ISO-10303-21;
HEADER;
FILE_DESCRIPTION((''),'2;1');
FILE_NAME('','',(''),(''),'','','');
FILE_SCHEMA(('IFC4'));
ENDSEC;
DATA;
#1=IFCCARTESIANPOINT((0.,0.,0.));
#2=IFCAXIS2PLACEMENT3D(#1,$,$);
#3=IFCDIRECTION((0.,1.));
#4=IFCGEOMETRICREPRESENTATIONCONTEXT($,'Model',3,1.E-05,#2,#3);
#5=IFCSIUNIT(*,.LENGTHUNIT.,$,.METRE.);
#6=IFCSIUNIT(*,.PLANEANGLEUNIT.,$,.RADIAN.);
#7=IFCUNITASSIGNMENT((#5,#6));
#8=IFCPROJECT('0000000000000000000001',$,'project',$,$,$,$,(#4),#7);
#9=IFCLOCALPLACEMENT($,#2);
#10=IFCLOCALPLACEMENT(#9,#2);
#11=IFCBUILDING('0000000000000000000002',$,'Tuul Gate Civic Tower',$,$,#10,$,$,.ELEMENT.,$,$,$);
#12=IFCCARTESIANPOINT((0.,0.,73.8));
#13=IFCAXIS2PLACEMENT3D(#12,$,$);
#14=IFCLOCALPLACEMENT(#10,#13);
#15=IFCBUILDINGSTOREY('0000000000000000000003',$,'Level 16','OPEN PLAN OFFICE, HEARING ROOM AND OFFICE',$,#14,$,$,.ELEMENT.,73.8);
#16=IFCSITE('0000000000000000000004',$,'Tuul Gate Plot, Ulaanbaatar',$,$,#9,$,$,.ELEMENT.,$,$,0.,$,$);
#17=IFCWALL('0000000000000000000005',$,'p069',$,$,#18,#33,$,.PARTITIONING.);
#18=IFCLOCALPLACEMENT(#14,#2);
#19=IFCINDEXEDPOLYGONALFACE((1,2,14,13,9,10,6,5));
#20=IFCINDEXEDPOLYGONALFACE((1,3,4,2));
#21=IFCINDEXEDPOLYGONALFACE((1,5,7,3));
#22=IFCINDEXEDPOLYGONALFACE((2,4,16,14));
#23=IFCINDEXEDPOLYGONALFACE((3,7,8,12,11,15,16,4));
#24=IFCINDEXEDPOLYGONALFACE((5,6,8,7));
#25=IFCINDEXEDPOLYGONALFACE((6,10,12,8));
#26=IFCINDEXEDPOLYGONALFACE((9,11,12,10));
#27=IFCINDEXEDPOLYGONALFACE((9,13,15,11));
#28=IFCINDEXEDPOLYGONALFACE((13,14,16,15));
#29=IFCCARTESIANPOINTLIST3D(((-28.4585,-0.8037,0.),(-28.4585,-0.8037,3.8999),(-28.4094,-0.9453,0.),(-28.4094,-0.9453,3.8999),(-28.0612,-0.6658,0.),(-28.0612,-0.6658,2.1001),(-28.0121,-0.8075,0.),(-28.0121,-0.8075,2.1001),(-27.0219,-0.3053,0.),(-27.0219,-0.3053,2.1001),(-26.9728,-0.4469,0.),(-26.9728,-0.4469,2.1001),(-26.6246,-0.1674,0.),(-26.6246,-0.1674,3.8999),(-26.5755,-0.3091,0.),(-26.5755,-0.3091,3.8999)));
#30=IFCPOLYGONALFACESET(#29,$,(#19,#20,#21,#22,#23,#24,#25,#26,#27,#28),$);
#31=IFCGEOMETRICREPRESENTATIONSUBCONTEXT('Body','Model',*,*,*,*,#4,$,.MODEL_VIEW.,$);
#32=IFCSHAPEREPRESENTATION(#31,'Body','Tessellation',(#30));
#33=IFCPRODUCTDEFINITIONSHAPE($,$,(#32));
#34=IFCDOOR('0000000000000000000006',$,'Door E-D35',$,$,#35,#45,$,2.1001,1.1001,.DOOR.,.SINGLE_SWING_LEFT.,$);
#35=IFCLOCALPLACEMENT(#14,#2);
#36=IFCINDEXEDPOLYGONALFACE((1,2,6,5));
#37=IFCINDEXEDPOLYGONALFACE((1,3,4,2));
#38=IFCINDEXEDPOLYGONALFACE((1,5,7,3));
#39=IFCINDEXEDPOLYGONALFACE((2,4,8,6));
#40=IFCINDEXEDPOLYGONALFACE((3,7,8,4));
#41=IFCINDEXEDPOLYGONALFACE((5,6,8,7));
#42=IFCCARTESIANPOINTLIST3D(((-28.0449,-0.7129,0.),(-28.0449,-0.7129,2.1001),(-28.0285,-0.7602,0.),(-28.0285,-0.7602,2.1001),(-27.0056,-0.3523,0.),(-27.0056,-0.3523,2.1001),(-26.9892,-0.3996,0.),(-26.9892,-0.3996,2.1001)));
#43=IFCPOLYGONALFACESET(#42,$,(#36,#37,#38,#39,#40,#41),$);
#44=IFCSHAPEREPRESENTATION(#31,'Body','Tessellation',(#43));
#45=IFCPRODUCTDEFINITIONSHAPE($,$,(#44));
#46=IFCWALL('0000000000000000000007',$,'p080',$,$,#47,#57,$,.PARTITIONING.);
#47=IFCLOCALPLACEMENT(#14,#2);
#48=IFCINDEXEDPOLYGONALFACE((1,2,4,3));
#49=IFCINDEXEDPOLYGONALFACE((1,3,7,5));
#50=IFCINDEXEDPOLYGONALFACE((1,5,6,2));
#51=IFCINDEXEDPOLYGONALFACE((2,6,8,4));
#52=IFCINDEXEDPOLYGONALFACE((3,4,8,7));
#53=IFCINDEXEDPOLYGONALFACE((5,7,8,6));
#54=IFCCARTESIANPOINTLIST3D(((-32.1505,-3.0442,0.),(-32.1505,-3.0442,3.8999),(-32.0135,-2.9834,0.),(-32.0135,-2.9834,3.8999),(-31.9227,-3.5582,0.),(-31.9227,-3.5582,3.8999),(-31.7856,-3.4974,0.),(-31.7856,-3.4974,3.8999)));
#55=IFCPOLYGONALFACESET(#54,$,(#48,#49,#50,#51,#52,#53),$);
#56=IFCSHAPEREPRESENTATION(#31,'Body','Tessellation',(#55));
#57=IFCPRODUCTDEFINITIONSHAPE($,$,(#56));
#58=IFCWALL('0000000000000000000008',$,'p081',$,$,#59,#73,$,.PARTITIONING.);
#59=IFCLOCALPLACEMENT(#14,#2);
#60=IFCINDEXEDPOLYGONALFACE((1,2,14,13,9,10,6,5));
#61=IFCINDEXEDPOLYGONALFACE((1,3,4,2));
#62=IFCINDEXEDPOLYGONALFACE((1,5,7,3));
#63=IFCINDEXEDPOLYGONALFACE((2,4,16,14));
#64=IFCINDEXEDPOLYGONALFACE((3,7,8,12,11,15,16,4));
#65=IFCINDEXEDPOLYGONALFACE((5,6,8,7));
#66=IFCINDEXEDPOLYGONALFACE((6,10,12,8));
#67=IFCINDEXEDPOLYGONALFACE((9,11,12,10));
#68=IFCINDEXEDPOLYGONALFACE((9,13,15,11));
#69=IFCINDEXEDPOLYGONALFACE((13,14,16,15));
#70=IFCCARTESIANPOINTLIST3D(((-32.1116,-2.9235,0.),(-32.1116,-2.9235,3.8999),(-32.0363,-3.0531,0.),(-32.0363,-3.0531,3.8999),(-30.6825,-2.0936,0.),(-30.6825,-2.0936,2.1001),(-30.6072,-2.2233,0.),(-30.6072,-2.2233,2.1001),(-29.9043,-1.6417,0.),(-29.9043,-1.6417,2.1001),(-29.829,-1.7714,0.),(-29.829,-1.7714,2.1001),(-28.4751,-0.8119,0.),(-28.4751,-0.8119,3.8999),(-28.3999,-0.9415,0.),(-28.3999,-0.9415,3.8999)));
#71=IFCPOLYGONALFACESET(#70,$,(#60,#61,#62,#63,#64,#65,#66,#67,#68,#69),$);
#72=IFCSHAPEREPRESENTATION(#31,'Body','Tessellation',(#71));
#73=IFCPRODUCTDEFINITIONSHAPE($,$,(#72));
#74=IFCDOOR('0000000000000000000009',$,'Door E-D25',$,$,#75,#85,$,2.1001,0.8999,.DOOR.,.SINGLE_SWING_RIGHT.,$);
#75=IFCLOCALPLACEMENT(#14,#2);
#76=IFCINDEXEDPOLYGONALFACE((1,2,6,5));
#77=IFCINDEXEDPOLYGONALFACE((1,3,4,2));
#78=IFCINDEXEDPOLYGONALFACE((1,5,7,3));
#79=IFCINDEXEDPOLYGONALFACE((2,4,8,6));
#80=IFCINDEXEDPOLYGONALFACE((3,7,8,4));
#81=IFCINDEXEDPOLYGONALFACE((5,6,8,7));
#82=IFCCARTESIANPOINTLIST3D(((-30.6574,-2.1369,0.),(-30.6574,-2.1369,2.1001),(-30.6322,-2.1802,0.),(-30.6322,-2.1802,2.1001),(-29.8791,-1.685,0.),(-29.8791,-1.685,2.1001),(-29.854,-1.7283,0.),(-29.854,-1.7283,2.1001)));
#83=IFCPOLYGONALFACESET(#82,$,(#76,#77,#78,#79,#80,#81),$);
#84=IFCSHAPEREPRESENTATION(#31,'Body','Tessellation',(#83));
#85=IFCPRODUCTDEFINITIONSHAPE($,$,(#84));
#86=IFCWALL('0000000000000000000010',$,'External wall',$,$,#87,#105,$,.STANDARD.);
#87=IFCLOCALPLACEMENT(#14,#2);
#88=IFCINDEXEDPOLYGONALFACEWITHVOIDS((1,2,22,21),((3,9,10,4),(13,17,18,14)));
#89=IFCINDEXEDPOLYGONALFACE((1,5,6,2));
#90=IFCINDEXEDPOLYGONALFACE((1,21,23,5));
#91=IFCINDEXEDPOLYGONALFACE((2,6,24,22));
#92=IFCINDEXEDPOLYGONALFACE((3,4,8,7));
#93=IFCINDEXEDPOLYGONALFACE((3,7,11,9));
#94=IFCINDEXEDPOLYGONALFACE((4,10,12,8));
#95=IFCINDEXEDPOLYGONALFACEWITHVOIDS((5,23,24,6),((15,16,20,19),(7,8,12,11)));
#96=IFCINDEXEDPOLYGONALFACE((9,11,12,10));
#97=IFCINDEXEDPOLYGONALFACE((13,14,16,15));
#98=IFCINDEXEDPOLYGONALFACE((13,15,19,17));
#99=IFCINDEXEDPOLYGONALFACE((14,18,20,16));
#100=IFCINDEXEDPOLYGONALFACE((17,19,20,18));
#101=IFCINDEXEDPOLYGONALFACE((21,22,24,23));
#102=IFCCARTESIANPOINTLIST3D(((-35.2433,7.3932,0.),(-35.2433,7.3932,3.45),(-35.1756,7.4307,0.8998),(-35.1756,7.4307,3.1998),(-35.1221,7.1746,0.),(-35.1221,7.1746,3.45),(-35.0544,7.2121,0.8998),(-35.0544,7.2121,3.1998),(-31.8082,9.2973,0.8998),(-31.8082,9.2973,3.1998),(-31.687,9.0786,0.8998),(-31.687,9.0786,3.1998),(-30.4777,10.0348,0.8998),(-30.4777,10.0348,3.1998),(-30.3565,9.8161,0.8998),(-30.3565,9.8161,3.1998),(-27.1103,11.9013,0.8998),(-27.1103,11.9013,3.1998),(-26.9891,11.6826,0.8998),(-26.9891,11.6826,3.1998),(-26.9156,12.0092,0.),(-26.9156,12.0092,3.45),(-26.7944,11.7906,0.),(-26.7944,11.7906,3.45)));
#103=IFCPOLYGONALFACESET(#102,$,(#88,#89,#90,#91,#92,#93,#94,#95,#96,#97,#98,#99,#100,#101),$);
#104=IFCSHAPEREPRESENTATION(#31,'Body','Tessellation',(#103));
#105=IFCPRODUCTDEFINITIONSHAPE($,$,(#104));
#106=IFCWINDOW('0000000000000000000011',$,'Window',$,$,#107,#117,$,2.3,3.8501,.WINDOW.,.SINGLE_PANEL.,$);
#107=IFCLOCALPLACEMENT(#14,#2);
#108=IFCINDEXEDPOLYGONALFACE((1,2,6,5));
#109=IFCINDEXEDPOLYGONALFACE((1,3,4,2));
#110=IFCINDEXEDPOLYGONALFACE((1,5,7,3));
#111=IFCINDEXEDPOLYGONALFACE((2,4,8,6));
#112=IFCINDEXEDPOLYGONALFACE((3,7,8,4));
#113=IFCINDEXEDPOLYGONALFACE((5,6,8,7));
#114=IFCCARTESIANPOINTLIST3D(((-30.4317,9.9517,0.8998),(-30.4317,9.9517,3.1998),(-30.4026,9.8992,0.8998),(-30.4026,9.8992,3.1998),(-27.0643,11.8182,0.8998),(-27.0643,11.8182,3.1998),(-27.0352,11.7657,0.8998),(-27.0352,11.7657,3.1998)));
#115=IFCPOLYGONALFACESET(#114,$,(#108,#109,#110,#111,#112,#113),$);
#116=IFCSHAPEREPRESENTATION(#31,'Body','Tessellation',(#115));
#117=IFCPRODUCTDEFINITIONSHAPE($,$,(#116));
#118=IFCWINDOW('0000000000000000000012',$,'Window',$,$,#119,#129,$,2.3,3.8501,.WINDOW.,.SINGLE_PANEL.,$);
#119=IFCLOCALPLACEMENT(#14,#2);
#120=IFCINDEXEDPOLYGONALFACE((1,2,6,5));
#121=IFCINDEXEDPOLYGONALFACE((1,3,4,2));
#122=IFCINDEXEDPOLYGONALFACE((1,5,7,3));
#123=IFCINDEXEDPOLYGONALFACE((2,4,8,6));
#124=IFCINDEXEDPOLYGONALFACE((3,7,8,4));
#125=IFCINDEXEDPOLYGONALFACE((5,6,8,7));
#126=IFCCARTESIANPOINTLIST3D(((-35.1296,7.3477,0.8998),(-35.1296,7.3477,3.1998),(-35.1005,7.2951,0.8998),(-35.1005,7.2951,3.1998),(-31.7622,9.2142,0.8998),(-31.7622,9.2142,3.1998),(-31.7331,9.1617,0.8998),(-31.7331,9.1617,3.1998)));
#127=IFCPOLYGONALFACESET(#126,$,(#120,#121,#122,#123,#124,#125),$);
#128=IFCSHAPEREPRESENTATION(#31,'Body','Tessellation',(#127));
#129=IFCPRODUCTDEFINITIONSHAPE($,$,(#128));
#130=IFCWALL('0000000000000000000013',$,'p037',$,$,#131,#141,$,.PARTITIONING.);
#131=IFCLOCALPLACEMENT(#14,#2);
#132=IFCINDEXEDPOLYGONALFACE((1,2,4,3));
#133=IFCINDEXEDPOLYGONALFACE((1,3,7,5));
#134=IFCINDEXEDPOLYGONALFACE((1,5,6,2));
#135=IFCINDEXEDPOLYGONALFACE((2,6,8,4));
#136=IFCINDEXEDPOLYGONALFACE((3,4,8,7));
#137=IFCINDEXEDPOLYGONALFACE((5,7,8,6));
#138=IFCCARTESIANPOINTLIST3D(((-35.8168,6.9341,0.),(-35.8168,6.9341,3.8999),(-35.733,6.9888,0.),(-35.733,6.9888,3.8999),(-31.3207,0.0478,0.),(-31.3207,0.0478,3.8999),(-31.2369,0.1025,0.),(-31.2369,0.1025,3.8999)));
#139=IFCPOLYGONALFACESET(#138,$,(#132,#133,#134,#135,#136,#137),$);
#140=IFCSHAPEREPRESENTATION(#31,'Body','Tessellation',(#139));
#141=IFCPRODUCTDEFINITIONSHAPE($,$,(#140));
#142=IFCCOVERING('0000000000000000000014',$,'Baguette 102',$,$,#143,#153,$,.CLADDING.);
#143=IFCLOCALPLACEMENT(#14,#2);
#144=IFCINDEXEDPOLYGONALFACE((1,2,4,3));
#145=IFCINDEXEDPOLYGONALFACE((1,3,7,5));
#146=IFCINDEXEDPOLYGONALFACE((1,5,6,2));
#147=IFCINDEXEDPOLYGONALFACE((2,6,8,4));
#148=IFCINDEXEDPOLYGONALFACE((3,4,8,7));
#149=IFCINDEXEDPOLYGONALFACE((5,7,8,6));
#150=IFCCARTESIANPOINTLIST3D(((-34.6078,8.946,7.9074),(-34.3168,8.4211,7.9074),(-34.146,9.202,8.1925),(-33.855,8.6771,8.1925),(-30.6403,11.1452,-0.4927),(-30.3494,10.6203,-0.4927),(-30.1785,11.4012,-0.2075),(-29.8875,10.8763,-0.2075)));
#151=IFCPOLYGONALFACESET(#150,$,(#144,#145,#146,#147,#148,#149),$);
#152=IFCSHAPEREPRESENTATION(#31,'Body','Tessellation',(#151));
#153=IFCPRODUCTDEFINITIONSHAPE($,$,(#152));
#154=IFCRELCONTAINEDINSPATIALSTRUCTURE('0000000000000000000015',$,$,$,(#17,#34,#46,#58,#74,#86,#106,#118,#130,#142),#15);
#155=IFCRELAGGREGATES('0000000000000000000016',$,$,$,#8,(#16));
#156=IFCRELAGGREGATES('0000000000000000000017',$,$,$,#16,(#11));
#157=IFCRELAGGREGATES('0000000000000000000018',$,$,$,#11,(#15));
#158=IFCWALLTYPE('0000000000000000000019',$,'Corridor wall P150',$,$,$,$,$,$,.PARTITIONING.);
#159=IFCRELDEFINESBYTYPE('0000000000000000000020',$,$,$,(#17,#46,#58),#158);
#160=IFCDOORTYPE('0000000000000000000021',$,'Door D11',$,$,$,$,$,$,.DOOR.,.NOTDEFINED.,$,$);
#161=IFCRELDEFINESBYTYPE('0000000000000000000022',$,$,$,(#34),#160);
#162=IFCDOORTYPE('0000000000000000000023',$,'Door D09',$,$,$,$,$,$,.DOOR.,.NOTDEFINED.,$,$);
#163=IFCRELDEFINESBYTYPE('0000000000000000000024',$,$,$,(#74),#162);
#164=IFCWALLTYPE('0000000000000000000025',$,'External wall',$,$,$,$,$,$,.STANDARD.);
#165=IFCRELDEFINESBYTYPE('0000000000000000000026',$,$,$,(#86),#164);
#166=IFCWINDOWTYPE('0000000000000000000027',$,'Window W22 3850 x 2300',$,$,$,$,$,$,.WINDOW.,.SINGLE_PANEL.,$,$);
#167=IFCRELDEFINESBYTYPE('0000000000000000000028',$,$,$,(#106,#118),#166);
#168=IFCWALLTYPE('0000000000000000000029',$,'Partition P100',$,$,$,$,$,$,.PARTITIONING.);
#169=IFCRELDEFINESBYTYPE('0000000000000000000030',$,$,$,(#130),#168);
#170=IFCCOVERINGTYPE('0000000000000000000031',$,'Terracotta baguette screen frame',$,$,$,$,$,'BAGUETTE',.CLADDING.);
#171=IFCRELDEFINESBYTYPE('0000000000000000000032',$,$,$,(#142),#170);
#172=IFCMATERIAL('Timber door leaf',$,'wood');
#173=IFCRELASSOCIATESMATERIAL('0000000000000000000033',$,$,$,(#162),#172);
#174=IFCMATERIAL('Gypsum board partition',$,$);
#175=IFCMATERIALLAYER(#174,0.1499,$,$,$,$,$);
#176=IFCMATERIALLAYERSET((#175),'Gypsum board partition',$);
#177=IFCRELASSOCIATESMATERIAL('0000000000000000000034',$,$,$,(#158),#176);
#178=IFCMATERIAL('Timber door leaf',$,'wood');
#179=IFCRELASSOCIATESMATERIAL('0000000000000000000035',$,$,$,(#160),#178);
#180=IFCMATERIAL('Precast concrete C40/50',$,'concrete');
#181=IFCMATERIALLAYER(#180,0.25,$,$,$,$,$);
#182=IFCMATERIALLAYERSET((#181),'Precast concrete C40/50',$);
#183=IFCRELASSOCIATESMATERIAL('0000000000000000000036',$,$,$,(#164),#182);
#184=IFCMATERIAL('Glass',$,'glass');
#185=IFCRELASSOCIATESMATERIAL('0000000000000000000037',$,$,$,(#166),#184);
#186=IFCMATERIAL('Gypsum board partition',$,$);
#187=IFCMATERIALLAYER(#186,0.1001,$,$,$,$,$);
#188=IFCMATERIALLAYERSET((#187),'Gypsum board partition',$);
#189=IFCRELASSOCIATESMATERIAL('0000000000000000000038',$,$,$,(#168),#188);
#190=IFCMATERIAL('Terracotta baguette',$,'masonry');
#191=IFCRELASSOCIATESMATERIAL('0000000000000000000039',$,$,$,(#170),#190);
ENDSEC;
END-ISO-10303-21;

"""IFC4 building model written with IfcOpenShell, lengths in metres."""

from ifc_helpers import new_model, si_unit, direction, frame, frame_2d, origin, origin_2d, place, context, subcontext, project, spatial, rectangle, extrude, material, layer, layer_set, material_profile, profile_set, type_object, element, fill, save


model = new_model("IFC4")

# Units and contexts
model_context = context("Model", 3, precision=1e-05, world=origin(), true_north=direction((0.0, 1.0)))
body_context = subcontext(model_context, "Body", "Model", "MODEL_VIEW")
ifc_project = project(units=[si_unit("LENGTHUNIT", "METRE"), si_unit("PLANEANGLEUNIT", "RADIAN")], contexts=[model_context])

# Site, building, storey
site_placement = place(None, origin())
site = spatial("IfcSite", under=ifc_project, at=site_placement, Name="Tuul Gate Plot, Ulaanbaatar", CompositionType="ELEMENT", RefElevation=0.0)
building_placement = place(site_placement, origin())
building = spatial("IfcBuilding", under=site, at=building_placement, Name="Tuul Gate Civic Tower", CompositionType="ELEMENT")
storey_placement = place(building_placement, frame((0.0, 0.0, 73.8)))
storey = spatial("IfcBuildingStorey", under=building, at=storey_placement, Name="Level 16", Description="OPEN PLAN OFFICE, HEARING ROOM AND OFFICE", CompositionType="ELEMENT", Elevation=73.8)

# Shared definitions
ifc_material_1 = material(Name="Timber door leaf", Category="wood")
door_type_1 = type_object("IfcDoorType", Name="Door D09", OperationType="NOTDEFINED", PredefinedType="DOOR", material=ifc_material_1)

# Shared definitions
ifc_material_2 = material(Name="Gypsum board partition")
ifc_layer_1 = layer(ifc_material_2, 0.1499)
ifc_layer_set_1 = layer_set([ifc_layer_1], Name="Gypsum board partition")
wall_type_1 = type_object("IfcWallType", Name="Corridor wall P150", PredefinedType="PARTITIONING", material=ifc_layer_set_1)
ifc_material_3 = material(Name="Timber door leaf", Category="wood")
door_type_2 = type_object("IfcDoorType", Name="Door D11", OperationType="NOTDEFINED", PredefinedType="DOOR", material=ifc_material_3)

# Wall, opening, door
wall_1_placement = place(storey_placement, frame((-28.4341, -0.8745, 0.0), z_axis=(0.0, 0.0, 1.0), x_axis=(0.944765, 0.32775, 0.0)))
wall_1 = element("IfcWall", 1, at=wall_1_placement, inside=storey, type_object=wall_type_1, Name="p069", PredefinedType="PARTITIONING", context=body_context, shape_type="SweptSolid", body=[
    extrude(rectangle(XDim=1.9412, YDim=0.1499, at=frame_2d((0.9707, 0.0))), origin(), (0.0, 0.0, 1.0), 3.8999),
])
opening_1_placement = place(wall_1_placement, frame((0.4207, 0.0, 0.0)))
opening_1 = element("IfcOpeningElement", 2, at=opening_1_placement, cuts=wall_1, PredefinedType="OPENING", context=body_context, shape_type="SweptSolid", body=[
    extrude(rectangle(XDim=1.1001, YDim=2.1001, at=frame_2d((0.55, 1.05))), frame((0.0, 0.085, 0.0), z_axis=(0.0, -1.0, 0.0), x_axis=(1.0, 0.0, 0.0)), (0.0, 0.0, 1.0), 0.1699),
])
door_1_placement = place(opening_1_placement, frame((1.1001, 0.0, 0.0), z_axis=(0.0, 0.0, 1.0), x_axis=(-1.0, 0.0, 0.0)))
door_1 = element("IfcDoor", 3, at=door_1_placement, inside=storey, type_object=door_type_2, Name="Door E-D35", OperationType="SINGLE_SWING_LEFT", OverallHeight=2.1001, OverallWidth=1.1001, PredefinedType="DOOR", context=body_context, shape_type="SweptSolid", body=[
    extrude(rectangle(XDim=1.1001, YDim=2.1001, at=frame_2d((0.55, 1.05))), frame((0.0, 0.0249, 0.0), z_axis=(0.0, -1.0, 0.0), x_axis=(1.0, 0.0, 0.0)), (0.0, 0.0, 1.0), 0.05),
])
fill(opening_1, door_1)

# Wall
wall_2_placement = place(storey_placement, frame((-32.082, -3.0137, 0.0), z_axis=(0.0, 0.0, 1.0), x_axis=(0.405211, -0.914223, 0.0)))
element("IfcWall", 4, at=wall_2_placement, inside=storey, type_object=wall_type_1, Name="p080", PredefinedType="PARTITIONING", context=body_context, shape_type="SweptSolid", body=[
    extrude(rectangle(XDim=0.5623, YDim=0.1499, at=frame_2d((0.2812, 0.0))), origin(), (0.0, 0.0, 1.0), 3.8999),
])

# Wall, opening, door
wall_3_placement = place(storey_placement, frame((-32.074, -2.9883, 0.0), z_axis=(0.0, 0.0, 1.0), x_axis=(0.864782, 0.502148, 0.0)))
wall_3 = element("IfcWall", 5, at=wall_3_placement, inside=storey, type_object=wall_type_1, Name="p081", PredefinedType="PARTITIONING", context=body_context, shape_type="SweptSolid", body=[
    extrude(rectangle(XDim=4.2051, YDim=0.1499, at=frame_2d((2.1025, 0.0))), origin(), (0.0, 0.0, 1.0), 3.8999),
])
opening_2_placement = place(wall_3_placement, frame((1.6526, 0.0, 0.0)))
opening_2 = element("IfcOpeningElement", 6, at=opening_2_placement, cuts=wall_3, PredefinedType="OPENING", context=body_context, shape_type="SweptSolid", body=[
    extrude(rectangle(XDim=0.8999, YDim=2.1001, at=frame_2d((0.45, 1.05))), frame((0.0, 0.085, 0.0), z_axis=(0.0, -1.0, 0.0), x_axis=(1.0, 0.0, 0.0)), (0.0, 0.0, 1.0), 0.1699),
])
door_2_placement = place(opening_2_placement, origin())
door_2 = element("IfcDoor", 7, at=door_2_placement, inside=storey, type_object=door_type_1, Name="Door E-D25", OperationType="SINGLE_SWING_RIGHT", OverallHeight=2.1001, OverallWidth=0.8999, PredefinedType="DOOR", context=body_context, shape_type="SweptSolid", body=[
    extrude(rectangle(XDim=0.8999, YDim=2.1001, at=frame_2d((0.45, 1.05))), frame((0.0, 0.0249, 0.0), z_axis=(0.0, -1.0, 0.0), x_axis=(1.0, 0.0, 0.0)), (0.0, 0.0, 1.0), 0.05),
])
fill(opening_2, door_2)

# Wall, openings, windows
ifc_material_4 = material(Name="Precast concrete C40/50", Category="concrete")
ifc_layer_2 = layer(ifc_material_4, 0.25)
ifc_layer_set_2 = layer_set([ifc_layer_2], Name="Precast concrete C40/50")
wall_type_2 = type_object("IfcWallType", Name="External wall", PredefinedType="STANDARD", material=ifc_layer_set_2)
wall_4_placement = place(storey_placement, frame((-26.855, 11.8999, 0.0), z_axis=(0.0, 0.0, 1.0), x_axis=(-0.874625, -0.4848, 0.0)))
wall_4 = element("IfcWall", 8, at=wall_4_placement, inside=storey, type_object=wall_type_2, Name="External wall", PredefinedType="STANDARD", context=body_context, shape_type="SweptSolid", body=[
    extrude(rectangle(XDim=9.5215, YDim=0.25, at=frame_2d((4.7607, 0.0))), origin(), (0.0, 0.0, 1.0), 3.45),
])
opening_3_placement = place(wall_4_placement, frame((0.2227, 0.0, 0.8999)))
opening_3 = element("IfcOpeningElement", 9, at=opening_3_placement, cuts=wall_4, PredefinedType="OPENING", context=body_context, shape_type="SweptSolid", body=[
    extrude(rectangle(XDim=3.8501, YDim=2.3, at=frame_2d((1.925, 1.1499))), frame((0.0, 0.135, 0.0), z_axis=(0.0, -1.0, 0.0), x_axis=(1.0, 0.0, 0.0)), (0.0, 0.0, 1.0), 0.27),
])
opening_4_placement = place(wall_4_placement, frame((5.594, 0.0, 0.8999)))
opening_4 = element("IfcOpeningElement", 10, at=opening_4_placement, cuts=wall_4, PredefinedType="OPENING", context=body_context, shape_type="SweptSolid", body=[
    extrude(rectangle(XDim=3.8501, YDim=2.3, at=frame_2d((1.925, 1.1499))), frame((0.0, 0.135, 0.0), z_axis=(0.0, -1.0, 0.0), x_axis=(1.0, 0.0, 0.0)), (0.0, 0.0, 1.0), 0.27),
])
ifc_material_5 = material(Name="Glass", Category="glass")
window_type = type_object("IfcWindowType", Name="Window W22 3850 x 2300", PartitioningType="SINGLE_PANEL", PredefinedType="WINDOW", material=ifc_material_5)
window_1_placement = place(opening_3_placement, origin())
window_1 = element("IfcWindow", 11, at=window_1_placement, inside=storey, type_object=window_type, Name="Window", OverallHeight=2.3, OverallWidth=3.8501, PartitioningType="SINGLE_PANEL", PredefinedType="WINDOW", context=body_context, shape_type="SweptSolid", body=[
    extrude(rectangle(XDim=3.8501, YDim=2.3, at=frame_2d((1.925, 1.1499))), frame((0.0, 0.03, 0.0), z_axis=(0.0, -1.0, 0.0), x_axis=(1.0, 0.0, 0.0)), (0.0, 0.0, 1.0), 0.0601),
])
fill(opening_3, window_1)
window_2_placement = place(opening_4_placement, origin())
window_2 = element("IfcWindow", 12, at=window_2_placement, inside=storey, type_object=window_type, Name="Window", OverallHeight=2.3, OverallWidth=3.8501, PartitioningType="SINGLE_PANEL", PredefinedType="WINDOW", context=body_context, shape_type="SweptSolid", body=[
    extrude(rectangle(XDim=3.8501, YDim=2.3, at=frame_2d((1.925, 1.1499))), frame((0.0, 0.03, 0.0), z_axis=(0.0, -1.0, 0.0), x_axis=(1.0, 0.0, 0.0)), (0.0, 0.0, 1.0), 0.0601),
])
fill(opening_4, window_2)

# Wall
ifc_material_6 = material(Name="Gypsum board partition")
ifc_layer_3 = layer(ifc_material_6, 0.1001)
ifc_layer_set_3 = layer_set([ifc_layer_3], Name="Gypsum board partition")
wall_type_3 = type_object("IfcWallType", Name="Partition P100", PredefinedType="PARTITIONING", material=ifc_layer_set_3)
wall_5_placement = place(storey_placement, frame((-35.7749, 6.9614, 0.0), z_axis=(0.0, 0.0, 1.0), x_axis=(0.546701, -0.837328, 0.0)))
element("IfcWall", 13, at=wall_5_placement, inside=storey, type_object=wall_type_3, Name="p037", PredefinedType="PARTITIONING", context=body_context, shape_type="SweptSolid", body=[
    extrude(rectangle(XDim=8.2241, YDim=0.1001, at=frame_2d((4.1121, 0.0))), origin(), (0.0, 0.0, 1.0), 3.8999),
])

# Covering
ifc_material_7 = material(Name="Terracotta baguette", Category="masonry")
ifc_material_profile_1 = material_profile(ifc_material_7, rectangle(XDim=0.6001, YDim=0.6001, at=origin_2d()), Name="Terracotta baguette screen frame")
ifc_profile_set_1 = profile_set([ifc_material_profile_1], Name="Terracotta baguette")
covering_type = type_object("IfcCoveringType", Name="Terracotta baguette screen frame", ElementType="BAGUETTE", PredefinedType="CLADDING", material=ifc_profile_set_1)
covering_placement = place(storey_placement, frame((-30.2639, 11.0107, -0.3501), z_axis=(-0.41559, -0.230363, 0.879897), x_axis=(0.484806, -0.874621, 0.0)))
element("IfcCovering", 14, at=covering_placement, inside=storey, type_object=covering_type, Name="Baguette 102", PredefinedType="CLADDING", context=body_context, shape_type="SweptSolid", body=[
    extrude(rectangle(XDim=0.6001, YDim=0.6001, at=origin_2d()), origin(), (0.0, 0.0, 1.0), 9.5466),
])

save(model, "model.ifc")
